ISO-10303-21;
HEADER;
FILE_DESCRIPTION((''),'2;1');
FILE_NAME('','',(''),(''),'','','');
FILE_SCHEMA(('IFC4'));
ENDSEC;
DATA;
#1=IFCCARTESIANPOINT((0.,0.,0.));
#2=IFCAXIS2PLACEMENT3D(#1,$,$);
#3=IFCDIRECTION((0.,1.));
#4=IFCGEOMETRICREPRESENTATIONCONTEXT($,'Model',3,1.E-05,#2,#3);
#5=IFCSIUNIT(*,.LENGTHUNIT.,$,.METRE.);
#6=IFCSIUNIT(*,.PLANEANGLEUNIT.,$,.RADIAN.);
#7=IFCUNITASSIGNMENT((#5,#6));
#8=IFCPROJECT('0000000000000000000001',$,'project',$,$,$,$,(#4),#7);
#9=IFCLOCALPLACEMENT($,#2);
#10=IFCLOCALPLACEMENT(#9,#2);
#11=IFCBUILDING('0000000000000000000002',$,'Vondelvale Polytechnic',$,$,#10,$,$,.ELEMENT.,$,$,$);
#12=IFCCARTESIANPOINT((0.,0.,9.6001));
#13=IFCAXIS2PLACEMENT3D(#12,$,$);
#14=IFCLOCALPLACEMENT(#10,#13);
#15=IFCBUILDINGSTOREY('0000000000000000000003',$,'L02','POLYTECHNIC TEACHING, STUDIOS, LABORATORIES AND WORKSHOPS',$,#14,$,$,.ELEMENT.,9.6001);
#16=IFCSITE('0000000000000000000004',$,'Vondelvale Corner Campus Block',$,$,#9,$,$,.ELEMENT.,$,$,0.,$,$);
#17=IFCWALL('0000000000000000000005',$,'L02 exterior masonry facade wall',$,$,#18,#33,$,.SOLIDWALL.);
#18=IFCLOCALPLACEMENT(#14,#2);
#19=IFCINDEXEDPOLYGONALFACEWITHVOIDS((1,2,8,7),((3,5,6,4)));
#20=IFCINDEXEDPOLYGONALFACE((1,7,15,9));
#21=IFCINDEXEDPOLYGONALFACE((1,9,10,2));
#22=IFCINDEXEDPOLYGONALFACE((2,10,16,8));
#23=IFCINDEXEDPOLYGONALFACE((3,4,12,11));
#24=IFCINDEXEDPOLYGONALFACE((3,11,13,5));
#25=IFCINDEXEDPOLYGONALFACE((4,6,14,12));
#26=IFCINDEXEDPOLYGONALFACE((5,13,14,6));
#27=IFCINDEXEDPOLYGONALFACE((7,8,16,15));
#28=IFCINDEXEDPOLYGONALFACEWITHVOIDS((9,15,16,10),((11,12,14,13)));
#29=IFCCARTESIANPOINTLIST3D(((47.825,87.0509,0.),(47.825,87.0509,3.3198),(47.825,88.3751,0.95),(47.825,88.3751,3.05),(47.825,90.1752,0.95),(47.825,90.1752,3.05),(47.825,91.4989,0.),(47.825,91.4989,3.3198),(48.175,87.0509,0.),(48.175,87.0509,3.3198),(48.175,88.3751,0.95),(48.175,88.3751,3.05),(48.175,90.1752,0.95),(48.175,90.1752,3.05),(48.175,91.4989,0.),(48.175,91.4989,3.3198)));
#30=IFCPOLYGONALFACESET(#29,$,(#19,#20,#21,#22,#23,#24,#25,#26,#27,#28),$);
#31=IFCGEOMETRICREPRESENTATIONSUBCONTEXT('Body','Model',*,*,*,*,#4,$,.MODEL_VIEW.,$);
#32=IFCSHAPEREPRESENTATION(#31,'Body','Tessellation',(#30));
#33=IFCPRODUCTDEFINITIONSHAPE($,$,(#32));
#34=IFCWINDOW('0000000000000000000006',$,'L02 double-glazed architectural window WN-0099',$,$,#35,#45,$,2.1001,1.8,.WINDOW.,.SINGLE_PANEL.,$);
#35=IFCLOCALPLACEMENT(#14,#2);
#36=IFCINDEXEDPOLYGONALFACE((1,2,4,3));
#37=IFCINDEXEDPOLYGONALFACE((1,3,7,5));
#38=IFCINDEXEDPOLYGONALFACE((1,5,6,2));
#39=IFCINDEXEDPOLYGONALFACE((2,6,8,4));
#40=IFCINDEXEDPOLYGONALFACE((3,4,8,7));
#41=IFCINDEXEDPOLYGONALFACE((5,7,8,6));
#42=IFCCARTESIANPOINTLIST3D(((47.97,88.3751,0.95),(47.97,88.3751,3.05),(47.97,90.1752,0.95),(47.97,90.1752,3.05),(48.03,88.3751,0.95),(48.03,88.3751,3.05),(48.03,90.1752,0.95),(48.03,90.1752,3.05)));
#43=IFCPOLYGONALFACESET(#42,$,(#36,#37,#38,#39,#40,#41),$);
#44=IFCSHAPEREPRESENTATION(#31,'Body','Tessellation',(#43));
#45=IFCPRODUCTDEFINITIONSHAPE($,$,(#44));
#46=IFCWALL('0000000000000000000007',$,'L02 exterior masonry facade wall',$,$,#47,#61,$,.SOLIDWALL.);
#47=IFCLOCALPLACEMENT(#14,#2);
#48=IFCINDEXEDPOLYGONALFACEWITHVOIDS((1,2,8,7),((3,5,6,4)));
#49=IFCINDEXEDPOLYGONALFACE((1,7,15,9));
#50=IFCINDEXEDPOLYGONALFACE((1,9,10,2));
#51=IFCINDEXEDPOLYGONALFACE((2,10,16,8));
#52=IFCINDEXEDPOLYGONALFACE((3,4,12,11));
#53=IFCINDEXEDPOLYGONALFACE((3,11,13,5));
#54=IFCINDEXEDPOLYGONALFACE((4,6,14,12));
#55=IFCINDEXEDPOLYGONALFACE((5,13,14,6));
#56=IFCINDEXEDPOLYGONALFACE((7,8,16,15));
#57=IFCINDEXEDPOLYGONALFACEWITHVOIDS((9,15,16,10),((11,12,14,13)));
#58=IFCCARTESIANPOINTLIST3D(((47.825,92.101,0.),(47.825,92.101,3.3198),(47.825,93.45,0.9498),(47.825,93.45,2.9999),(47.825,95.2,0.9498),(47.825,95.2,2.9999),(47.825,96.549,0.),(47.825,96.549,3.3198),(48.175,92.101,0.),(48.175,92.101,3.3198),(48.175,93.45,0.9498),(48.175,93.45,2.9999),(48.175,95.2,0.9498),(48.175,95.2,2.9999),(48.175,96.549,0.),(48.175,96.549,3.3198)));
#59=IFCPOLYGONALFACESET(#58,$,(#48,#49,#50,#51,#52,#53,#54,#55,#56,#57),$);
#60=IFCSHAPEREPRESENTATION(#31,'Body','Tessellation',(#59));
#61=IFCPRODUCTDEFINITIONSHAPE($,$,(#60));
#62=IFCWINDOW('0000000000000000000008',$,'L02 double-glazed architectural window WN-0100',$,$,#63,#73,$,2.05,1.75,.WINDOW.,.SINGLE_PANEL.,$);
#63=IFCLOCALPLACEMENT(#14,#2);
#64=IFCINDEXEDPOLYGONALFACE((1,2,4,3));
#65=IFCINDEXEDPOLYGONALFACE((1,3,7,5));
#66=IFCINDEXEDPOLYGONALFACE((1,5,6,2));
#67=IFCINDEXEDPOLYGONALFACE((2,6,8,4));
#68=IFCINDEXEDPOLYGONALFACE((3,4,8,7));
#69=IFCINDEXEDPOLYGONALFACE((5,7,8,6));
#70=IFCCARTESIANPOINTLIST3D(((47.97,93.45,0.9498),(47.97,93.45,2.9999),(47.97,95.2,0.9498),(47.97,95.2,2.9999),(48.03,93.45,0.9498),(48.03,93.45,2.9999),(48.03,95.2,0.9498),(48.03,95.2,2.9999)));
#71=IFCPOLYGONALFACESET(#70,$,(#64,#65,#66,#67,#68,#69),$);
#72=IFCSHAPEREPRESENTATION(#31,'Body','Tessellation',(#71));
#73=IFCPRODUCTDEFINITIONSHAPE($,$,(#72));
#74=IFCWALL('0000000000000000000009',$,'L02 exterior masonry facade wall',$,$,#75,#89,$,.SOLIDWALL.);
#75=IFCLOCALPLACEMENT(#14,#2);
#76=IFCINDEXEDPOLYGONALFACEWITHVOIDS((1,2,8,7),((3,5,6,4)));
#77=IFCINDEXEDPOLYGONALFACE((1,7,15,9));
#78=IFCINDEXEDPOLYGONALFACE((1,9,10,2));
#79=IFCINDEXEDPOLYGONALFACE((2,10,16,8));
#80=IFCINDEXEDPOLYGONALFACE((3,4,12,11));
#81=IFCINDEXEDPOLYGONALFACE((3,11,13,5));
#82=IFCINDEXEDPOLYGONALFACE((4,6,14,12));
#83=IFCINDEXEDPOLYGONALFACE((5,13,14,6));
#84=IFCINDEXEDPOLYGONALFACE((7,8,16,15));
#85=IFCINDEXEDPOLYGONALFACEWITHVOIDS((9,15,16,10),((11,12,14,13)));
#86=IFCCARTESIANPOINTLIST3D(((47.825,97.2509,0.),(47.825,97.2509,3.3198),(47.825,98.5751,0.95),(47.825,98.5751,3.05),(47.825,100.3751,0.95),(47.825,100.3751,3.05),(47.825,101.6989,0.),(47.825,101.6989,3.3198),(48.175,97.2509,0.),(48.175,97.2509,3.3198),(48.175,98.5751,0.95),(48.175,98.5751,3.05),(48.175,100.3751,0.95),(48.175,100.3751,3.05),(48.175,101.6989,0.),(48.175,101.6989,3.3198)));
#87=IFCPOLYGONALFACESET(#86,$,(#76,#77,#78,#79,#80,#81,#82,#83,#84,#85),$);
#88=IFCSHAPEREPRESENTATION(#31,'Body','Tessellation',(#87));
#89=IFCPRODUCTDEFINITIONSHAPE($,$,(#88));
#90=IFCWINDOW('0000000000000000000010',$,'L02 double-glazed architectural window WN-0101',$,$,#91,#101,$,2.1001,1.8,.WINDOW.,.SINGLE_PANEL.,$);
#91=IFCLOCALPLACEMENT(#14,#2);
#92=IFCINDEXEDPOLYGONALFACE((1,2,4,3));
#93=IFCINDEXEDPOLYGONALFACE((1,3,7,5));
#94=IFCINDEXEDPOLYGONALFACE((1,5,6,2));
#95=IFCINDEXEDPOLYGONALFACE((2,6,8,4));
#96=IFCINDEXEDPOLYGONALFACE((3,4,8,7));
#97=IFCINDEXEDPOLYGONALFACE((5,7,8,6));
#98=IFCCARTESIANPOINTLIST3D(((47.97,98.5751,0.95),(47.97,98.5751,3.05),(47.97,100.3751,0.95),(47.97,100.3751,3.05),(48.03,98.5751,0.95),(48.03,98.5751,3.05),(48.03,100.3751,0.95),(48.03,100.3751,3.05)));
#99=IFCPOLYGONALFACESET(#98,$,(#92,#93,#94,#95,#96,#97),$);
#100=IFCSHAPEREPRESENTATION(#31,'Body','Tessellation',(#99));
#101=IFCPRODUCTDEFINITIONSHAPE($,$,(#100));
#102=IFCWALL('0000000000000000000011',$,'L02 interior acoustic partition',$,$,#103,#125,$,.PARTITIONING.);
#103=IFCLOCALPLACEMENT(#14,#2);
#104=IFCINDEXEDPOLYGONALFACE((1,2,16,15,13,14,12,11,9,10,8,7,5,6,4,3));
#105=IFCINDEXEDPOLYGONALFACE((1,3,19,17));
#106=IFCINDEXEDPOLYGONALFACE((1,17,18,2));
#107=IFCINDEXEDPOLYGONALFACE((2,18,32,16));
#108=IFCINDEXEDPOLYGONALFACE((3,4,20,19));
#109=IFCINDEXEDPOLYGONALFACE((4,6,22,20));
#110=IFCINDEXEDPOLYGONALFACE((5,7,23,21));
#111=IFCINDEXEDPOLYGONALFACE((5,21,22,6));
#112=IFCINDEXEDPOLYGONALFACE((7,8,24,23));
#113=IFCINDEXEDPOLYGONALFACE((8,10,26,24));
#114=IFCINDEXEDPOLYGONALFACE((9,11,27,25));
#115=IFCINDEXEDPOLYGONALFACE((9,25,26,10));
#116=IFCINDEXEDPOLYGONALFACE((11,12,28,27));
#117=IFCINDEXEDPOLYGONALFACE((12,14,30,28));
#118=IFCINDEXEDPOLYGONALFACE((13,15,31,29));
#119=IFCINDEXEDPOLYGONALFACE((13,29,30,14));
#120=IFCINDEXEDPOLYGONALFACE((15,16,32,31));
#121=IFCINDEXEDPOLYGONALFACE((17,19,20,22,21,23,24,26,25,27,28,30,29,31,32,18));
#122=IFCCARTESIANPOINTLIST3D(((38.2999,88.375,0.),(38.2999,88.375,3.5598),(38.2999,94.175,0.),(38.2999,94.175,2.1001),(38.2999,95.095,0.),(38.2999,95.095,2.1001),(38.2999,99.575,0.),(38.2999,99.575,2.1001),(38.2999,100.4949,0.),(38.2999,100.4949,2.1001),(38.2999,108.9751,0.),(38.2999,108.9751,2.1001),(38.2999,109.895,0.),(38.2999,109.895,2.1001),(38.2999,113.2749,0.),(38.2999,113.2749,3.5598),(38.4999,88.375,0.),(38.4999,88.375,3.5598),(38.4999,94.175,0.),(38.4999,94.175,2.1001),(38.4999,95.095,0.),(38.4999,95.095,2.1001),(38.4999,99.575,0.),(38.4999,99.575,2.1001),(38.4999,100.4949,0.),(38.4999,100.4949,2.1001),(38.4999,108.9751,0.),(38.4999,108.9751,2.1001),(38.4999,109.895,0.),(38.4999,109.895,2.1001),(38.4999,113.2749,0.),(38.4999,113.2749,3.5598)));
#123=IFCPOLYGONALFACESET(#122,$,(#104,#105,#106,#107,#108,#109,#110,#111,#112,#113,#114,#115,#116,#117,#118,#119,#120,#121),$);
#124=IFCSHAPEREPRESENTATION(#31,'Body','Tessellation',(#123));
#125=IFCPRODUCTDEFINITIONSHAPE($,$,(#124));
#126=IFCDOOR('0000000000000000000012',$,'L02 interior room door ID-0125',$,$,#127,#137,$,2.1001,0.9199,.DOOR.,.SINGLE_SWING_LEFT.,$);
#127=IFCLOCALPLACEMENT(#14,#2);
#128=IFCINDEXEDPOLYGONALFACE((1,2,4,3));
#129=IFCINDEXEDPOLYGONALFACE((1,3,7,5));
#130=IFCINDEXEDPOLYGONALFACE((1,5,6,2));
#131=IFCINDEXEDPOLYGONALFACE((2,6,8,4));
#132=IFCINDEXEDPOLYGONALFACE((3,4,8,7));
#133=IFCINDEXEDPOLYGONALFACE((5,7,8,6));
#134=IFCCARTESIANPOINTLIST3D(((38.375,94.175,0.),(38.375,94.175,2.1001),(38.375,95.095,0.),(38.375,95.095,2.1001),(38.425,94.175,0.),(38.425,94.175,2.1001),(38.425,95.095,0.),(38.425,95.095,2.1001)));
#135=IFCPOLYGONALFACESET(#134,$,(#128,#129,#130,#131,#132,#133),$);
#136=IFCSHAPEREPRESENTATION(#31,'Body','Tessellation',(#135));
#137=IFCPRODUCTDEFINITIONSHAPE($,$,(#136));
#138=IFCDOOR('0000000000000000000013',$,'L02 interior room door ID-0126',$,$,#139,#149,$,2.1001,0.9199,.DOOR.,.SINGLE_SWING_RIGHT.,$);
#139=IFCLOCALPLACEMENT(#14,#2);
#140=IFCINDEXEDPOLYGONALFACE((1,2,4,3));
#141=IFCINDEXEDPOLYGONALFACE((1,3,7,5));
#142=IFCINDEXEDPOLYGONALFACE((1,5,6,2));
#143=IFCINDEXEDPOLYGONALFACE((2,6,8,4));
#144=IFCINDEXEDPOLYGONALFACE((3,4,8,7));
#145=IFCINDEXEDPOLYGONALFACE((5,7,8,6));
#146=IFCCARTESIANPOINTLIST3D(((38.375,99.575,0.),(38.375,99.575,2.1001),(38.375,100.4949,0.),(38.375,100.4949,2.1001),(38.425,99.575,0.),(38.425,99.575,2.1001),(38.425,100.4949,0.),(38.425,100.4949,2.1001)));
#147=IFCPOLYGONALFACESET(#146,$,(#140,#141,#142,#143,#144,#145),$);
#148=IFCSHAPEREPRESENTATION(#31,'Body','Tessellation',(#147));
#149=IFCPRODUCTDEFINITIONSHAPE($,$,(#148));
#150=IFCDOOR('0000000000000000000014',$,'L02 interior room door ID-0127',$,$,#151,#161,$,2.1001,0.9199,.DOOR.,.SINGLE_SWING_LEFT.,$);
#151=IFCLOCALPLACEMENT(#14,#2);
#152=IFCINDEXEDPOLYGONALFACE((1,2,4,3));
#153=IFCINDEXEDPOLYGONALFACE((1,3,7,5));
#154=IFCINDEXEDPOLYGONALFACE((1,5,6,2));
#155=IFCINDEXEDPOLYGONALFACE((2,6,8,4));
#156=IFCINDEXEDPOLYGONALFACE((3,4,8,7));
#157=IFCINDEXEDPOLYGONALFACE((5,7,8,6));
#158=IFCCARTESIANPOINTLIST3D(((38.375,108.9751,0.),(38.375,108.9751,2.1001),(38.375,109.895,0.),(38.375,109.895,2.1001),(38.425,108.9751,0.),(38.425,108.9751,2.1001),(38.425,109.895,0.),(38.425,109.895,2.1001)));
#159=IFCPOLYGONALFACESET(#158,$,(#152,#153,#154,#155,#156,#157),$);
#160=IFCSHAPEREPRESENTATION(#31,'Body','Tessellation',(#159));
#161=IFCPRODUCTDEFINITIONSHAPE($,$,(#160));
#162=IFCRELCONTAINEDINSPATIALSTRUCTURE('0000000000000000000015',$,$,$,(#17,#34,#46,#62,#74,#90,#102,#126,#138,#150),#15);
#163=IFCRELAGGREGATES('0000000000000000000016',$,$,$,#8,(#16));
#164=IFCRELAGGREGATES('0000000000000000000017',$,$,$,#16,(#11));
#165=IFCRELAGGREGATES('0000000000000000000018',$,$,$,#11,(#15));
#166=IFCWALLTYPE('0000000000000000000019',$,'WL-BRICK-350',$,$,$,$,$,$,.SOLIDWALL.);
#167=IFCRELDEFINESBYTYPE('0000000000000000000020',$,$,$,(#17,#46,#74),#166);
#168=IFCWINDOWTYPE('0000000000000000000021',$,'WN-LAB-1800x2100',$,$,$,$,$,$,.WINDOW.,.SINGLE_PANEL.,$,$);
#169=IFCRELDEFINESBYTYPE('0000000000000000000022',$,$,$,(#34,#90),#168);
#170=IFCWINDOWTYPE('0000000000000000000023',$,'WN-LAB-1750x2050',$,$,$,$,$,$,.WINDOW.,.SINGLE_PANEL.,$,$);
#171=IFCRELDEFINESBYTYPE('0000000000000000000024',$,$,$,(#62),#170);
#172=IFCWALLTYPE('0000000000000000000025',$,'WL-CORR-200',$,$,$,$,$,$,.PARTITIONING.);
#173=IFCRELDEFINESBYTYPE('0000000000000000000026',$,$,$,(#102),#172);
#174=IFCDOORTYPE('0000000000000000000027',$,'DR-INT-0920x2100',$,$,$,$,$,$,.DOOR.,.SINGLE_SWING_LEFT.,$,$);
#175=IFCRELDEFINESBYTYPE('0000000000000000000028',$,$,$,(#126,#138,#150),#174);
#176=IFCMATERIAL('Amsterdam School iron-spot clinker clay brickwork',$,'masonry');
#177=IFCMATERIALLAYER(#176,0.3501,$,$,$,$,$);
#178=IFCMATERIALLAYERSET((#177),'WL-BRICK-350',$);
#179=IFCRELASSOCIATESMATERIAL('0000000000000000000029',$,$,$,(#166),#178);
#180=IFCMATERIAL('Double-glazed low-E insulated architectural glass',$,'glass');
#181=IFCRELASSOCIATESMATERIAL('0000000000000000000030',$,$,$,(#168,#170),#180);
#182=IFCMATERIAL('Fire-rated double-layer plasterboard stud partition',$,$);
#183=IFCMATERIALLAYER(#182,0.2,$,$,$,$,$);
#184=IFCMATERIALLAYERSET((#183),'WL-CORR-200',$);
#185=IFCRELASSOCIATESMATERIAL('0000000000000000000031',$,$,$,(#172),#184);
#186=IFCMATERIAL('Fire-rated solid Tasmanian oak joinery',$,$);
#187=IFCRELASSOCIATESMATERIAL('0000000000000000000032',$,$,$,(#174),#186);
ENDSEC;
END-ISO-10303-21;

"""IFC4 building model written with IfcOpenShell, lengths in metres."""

from ifc_helpers import new_model, si_unit, direction, frame, frame_2d, origin, place, context, subcontext, project, spatial, rectangle, extrude, material, layer, layer_set, type_object, element, fill, save


model = new_model("IFC4")

# Units and contexts
model_context = context("Model", 3, precision=1e-05, world=origin(), true_north=direction((0.0, 1.0)))
body_context = subcontext(model_context, "Body", "Model", "MODEL_VIEW")
ifc_project = project(units=[si_unit("LENGTHUNIT", "METRE"), si_unit("PLANEANGLEUNIT", "RADIAN")], contexts=[model_context])

# Site, building, storey
site_placement = place(None, origin())
site = spatial("IfcSite", under=ifc_project, at=site_placement, Name="Vondelvale Corner Campus Block", CompositionType="ELEMENT", RefElevation=0.0)
building_placement = place(site_placement, origin())
building = spatial("IfcBuilding", under=site, at=building_placement, Name="Vondelvale Polytechnic", CompositionType="ELEMENT")
storey_placement = place(building_placement, frame((0.0, 0.0, 9.6001)))
storey = spatial("IfcBuildingStorey", under=building, at=storey_placement, Name="L02", Description="POLYTECHNIC TEACHING, STUDIOS, LABORATORIES AND WORKSHOPS", CompositionType="ELEMENT", Elevation=9.6001)

# Walls, openings, windows
ifc_material_1 = material(Name="Amsterdam School iron-spot clinker clay brickwork", Category="masonry")
ifc_layer_1 = layer(ifc_material_1, 0.3501)
ifc_layer_set_1 = layer_set([ifc_layer_1], Name="WL-BRICK-350")
wall_type_1 = type_object("IfcWallType", Name="WL-BRICK-350", PredefinedType="SOLIDWALL", material=ifc_layer_set_1)
wall_1_placement = place(storey_placement, frame((48.0, 91.499, 0.0), z_axis=(0.0, 0.0, 1.0), x_axis=(0.0, -1.0, 0.0)))
wall_1 = element("IfcWall", 1, at=wall_1_placement, inside=storey, type_object=wall_type_1, Name="L02 exterior masonry facade wall", PredefinedType="SOLIDWALL", context=body_context, shape_type="SweptSolid", body=[
    extrude(rectangle(XDim=4.448, YDim=0.3501, at=frame_2d((2.2241, 0.0))), origin(), (0.0, 0.0, 1.0), 3.3198),
])
opening_1_placement = place(wall_1_placement, frame((1.324, 0.0, 0.95)))
opening_1 = element("IfcOpeningElement", 2, at=opening_1_placement, cuts=wall_1, PredefinedType="OPENING", context=body_context, shape_type="SweptSolid", body=[
    extrude(rectangle(XDim=1.8, YDim=2.1001, at=frame_2d((0.8999, 1.05))), frame((0.0, 0.1851, 0.0), z_axis=(0.0, -1.0, 0.0), x_axis=(1.0, 0.0, 0.0)), (0.0, 0.0, 1.0), 0.3701),
])
ifc_material_2 = material(Name="Double-glazed low-E insulated architectural glass", Category="glass")
window_type_1 = type_object("IfcWindowType", Name="WN-LAB-1800x2100", PartitioningType="SINGLE_PANEL", PredefinedType="WINDOW", material=ifc_material_2)
window_1_placement = place(opening_1_placement, origin())
window_1 = element("IfcWindow", 3, at=window_1_placement, inside=storey, type_object=window_type_1, Name="L02 double-glazed architectural window WN-0099", OverallHeight=2.1001, OverallWidth=1.8, PartitioningType="SINGLE_PANEL", PredefinedType="WINDOW", context=body_context, shape_type="SweptSolid", body=[
    extrude(rectangle(XDim=1.8, YDim=2.1001, at=frame_2d((0.8999, 1.05))), frame((0.0, 0.03, 0.0), z_axis=(0.0, -1.0, 0.0), x_axis=(1.0, 0.0, 0.0)), (0.0, 0.0, 1.0), 0.0601),
])
fill(opening_1, window_1)
wall_2_placement = place(storey_placement, frame((48.0, 96.5491, 0.0), z_axis=(0.0, 0.0, 1.0), x_axis=(0.0, -1.0, 0.0)))
wall_2 = element("IfcWall", 4, at=wall_2_placement, inside=storey, type_object=wall_type_1, Name="L02 exterior masonry facade wall", PredefinedType="SOLIDWALL", context=body_context, shape_type="SweptSolid", body=[
    extrude(rectangle(XDim=4.448, YDim=0.3501, at=frame_2d((2.2241, 0.0))), origin(), (0.0, 0.0, 1.0), 3.3198),
])
opening_2_placement = place(wall_2_placement, frame((1.3491, 0.0, 0.95)))
opening_2 = element("IfcOpeningElement", 5, at=opening_2_placement, cuts=wall_2, PredefinedType="OPENING", context=body_context, shape_type="SweptSolid", body=[
    extrude(rectangle(XDim=1.75, YDim=2.05, at=frame_2d((0.875, 1.0249))), frame((0.0, 0.1851, 0.0), z_axis=(0.0, -1.0, 0.0), x_axis=(1.0, 0.0, 0.0)), (0.0, 0.0, 1.0), 0.3701),
])
window_type_2 = type_object("IfcWindowType", Name="WN-LAB-1750x2050", PartitioningType="SINGLE_PANEL", PredefinedType="WINDOW", material=ifc_material_2)
window_2_placement = place(opening_2_placement, origin())
window_2 = element("IfcWindow", 6, at=window_2_placement, inside=storey, type_object=window_type_2, Name="L02 double-glazed architectural window WN-0100", OverallHeight=2.05, OverallWidth=1.75, PartitioningType="SINGLE_PANEL", PredefinedType="WINDOW", context=body_context, shape_type="SweptSolid", body=[
    extrude(rectangle(XDim=1.75, YDim=2.05, at=frame_2d((0.875, 1.0249))), frame((0.0, 0.03, 0.0), z_axis=(0.0, -1.0, 0.0), x_axis=(1.0, 0.0, 0.0)), (0.0, 0.0, 1.0), 0.0601),
])
fill(opening_2, window_2)
wall_3_placement = place(storey_placement, frame((48.0, 101.699, 0.0), z_axis=(0.0, 0.0, 1.0), x_axis=(0.0, -1.0, 0.0)))
wall_3 = element("IfcWall", 7, at=wall_3_placement, inside=storey, type_object=wall_type_1, Name="L02 exterior masonry facade wall", PredefinedType="SOLIDWALL", context=body_context, shape_type="SweptSolid", body=[
    extrude(rectangle(XDim=4.448, YDim=0.3501, at=frame_2d((2.2241, 0.0))), origin(), (0.0, 0.0, 1.0), 3.3198),
])
opening_3_placement = place(wall_3_placement, frame((1.324, 0.0, 0.95)))
opening_3 = element("IfcOpeningElement", 8, at=opening_3_placement, cuts=wall_3, PredefinedType="OPENING", context=body_context, shape_type="SweptSolid", body=[
    extrude(rectangle(XDim=1.8, YDim=2.1001, at=frame_2d((0.8999, 1.05))), frame((0.0, 0.1851, 0.0), z_axis=(0.0, -1.0, 0.0), x_axis=(1.0, 0.0, 0.0)), (0.0, 0.0, 1.0), 0.3701),
])
window_3_placement = place(opening_3_placement, origin())
window_3 = element("IfcWindow", 9, at=window_3_placement, inside=storey, type_object=window_type_1, Name="L02 double-glazed architectural window WN-0101", OverallHeight=2.1001, OverallWidth=1.8, PartitioningType="SINGLE_PANEL", PredefinedType="WINDOW", context=body_context, shape_type="SweptSolid", body=[
    extrude(rectangle(XDim=1.8, YDim=2.1001, at=frame_2d((0.8999, 1.05))), frame((0.0, 0.03, 0.0), z_axis=(0.0, -1.0, 0.0), x_axis=(1.0, 0.0, 0.0)), (0.0, 0.0, 1.0), 0.0601),
])
fill(opening_3, window_3)

# Wall, openings, doors
ifc_material_3 = material(Name="Fire-rated double-layer plasterboard stud partition")
ifc_layer_2 = layer(ifc_material_3, 0.2)
ifc_layer_set_2 = layer_set([ifc_layer_2], Name="WL-CORR-200")
wall_type_2 = type_object("IfcWallType", Name="WL-CORR-200", PredefinedType="PARTITIONING", material=ifc_layer_set_2)
wall_4_placement = place(storey_placement, frame((38.3999, 88.375, 0.0), z_axis=(0.0, 0.0, 1.0), x_axis=(0.0, 1.0, 0.0)))
wall_4 = element("IfcWall", 10, at=wall_4_placement, inside=storey, type_object=wall_type_2, Name="L02 interior acoustic partition", PredefinedType="PARTITIONING", context=body_context, shape_type="SweptSolid", body=[
    extrude(rectangle(XDim=24.8999, YDim=0.2, at=frame_2d((12.45, 0.0))), origin(), (0.0, 0.0, 1.0), 3.5598),
])
opening_4_placement = place(wall_4_placement, frame((5.8, 0.0, 0.0)))
opening_4 = element("IfcOpeningElement", 11, at=opening_4_placement, cuts=wall_4, PredefinedType="OPENING", context=body_context, shape_type="SweptSolid", body=[
    extrude(rectangle(XDim=0.9199, YDim=2.1001, at=frame_2d((0.46, 1.05))), frame((0.0, 0.1099, 0.0), z_axis=(0.0, -1.0, 0.0), x_axis=(1.0, 0.0, 0.0)), (0.0, 0.0, 1.0), 0.22),
])
opening_5_placement = place(wall_4_placement, frame((11.2, 0.0, 0.0)))
opening_5 = element("IfcOpeningElement", 12, at=opening_5_placement, cuts=wall_4, PredefinedType="OPENING", context=body_context, shape_type="SweptSolid", body=[
    extrude(rectangle(XDim=0.9199, YDim=2.1001, at=frame_2d((0.46, 1.05))), frame((0.0, 0.1099, 0.0), z_axis=(0.0, -1.0, 0.0), x_axis=(1.0, 0.0, 0.0)), (0.0, 0.0, 1.0), 0.22),
])
opening_6_placement = place(wall_4_placement, frame((20.6001, 0.0, 0.0)))
opening_6 = element("IfcOpeningElement", 13, at=opening_6_placement, cuts=wall_4, PredefinedType="OPENING", context=body_context, shape_type="SweptSolid", body=[
    extrude(rectangle(XDim=0.9199, YDim=2.1001, at=frame_2d((0.46, 1.05))), frame((0.0, 0.1099, 0.0), z_axis=(0.0, -1.0, 0.0), x_axis=(1.0, 0.0, 0.0)), (0.0, 0.0, 1.0), 0.22),
])
ifc_material_4 = material(Name="Fire-rated solid Tasmanian oak joinery")
door_type_1 = type_object("IfcDoorType", Name="DR-INT-0920x2100", OperationType="SINGLE_SWING_LEFT", PredefinedType="DOOR", material=ifc_material_4)
door_1_placement = place(opening_4_placement, origin())
door_1 = element("IfcDoor", 14, at=door_1_placement, inside=storey, type_object=door_type_1, Name="L02 interior room door ID-0125", OperationType="SINGLE_SWING_LEFT", OverallHeight=2.1001, OverallWidth=0.9199, PredefinedType="DOOR", context=body_context, shape_type="SweptSolid", body=[
    extrude(rectangle(XDim=0.9199, YDim=2.1001, at=frame_2d((0.46, 1.05))), frame((0.0, 0.0249, 0.0), z_axis=(0.0, -1.0, 0.0), x_axis=(1.0, 0.0, 0.0)), (0.0, 0.0, 1.0), 0.05),
])
fill(opening_4, door_1)
door_2_placement = place(opening_5_placement, origin())
door_2 = element("IfcDoor", 15, at=door_2_placement, inside=storey, type_object=door_type_1, Name="L02 interior room door ID-0126", OperationType="SINGLE_SWING_RIGHT", OverallHeight=2.1001, OverallWidth=0.9199, PredefinedType="DOOR", context=body_context, shape_type="SweptSolid", body=[
    extrude(rectangle(XDim=0.9199, YDim=2.1001, at=frame_2d((0.46, 1.05))), frame((0.0, 0.0249, 0.0), z_axis=(0.0, -1.0, 0.0), x_axis=(1.0, 0.0, 0.0)), (0.0, 0.0, 1.0), 0.05),
])
fill(opening_5, door_2)
door_3_placement = place(opening_6_placement, origin())
door_3 = element("IfcDoor", 16, at=door_3_placement, inside=storey, type_object=door_type_1, Name="L02 interior room door ID-0127", OperationType="SINGLE_SWING_LEFT", OverallHeight=2.1001, OverallWidth=0.9199, PredefinedType="DOOR", context=body_context, shape_type="SweptSolid", body=[
    extrude(rectangle(XDim=0.9199, YDim=2.1001, at=frame_2d((0.46, 1.05))), frame((0.0, 0.0249, 0.0), z_axis=(0.0, -1.0, 0.0), x_axis=(1.0, 0.0, 0.0)), (0.0, 0.0, 1.0), 0.05),
])
fill(opening_6, door_3)

save(model, "model.ifc")
